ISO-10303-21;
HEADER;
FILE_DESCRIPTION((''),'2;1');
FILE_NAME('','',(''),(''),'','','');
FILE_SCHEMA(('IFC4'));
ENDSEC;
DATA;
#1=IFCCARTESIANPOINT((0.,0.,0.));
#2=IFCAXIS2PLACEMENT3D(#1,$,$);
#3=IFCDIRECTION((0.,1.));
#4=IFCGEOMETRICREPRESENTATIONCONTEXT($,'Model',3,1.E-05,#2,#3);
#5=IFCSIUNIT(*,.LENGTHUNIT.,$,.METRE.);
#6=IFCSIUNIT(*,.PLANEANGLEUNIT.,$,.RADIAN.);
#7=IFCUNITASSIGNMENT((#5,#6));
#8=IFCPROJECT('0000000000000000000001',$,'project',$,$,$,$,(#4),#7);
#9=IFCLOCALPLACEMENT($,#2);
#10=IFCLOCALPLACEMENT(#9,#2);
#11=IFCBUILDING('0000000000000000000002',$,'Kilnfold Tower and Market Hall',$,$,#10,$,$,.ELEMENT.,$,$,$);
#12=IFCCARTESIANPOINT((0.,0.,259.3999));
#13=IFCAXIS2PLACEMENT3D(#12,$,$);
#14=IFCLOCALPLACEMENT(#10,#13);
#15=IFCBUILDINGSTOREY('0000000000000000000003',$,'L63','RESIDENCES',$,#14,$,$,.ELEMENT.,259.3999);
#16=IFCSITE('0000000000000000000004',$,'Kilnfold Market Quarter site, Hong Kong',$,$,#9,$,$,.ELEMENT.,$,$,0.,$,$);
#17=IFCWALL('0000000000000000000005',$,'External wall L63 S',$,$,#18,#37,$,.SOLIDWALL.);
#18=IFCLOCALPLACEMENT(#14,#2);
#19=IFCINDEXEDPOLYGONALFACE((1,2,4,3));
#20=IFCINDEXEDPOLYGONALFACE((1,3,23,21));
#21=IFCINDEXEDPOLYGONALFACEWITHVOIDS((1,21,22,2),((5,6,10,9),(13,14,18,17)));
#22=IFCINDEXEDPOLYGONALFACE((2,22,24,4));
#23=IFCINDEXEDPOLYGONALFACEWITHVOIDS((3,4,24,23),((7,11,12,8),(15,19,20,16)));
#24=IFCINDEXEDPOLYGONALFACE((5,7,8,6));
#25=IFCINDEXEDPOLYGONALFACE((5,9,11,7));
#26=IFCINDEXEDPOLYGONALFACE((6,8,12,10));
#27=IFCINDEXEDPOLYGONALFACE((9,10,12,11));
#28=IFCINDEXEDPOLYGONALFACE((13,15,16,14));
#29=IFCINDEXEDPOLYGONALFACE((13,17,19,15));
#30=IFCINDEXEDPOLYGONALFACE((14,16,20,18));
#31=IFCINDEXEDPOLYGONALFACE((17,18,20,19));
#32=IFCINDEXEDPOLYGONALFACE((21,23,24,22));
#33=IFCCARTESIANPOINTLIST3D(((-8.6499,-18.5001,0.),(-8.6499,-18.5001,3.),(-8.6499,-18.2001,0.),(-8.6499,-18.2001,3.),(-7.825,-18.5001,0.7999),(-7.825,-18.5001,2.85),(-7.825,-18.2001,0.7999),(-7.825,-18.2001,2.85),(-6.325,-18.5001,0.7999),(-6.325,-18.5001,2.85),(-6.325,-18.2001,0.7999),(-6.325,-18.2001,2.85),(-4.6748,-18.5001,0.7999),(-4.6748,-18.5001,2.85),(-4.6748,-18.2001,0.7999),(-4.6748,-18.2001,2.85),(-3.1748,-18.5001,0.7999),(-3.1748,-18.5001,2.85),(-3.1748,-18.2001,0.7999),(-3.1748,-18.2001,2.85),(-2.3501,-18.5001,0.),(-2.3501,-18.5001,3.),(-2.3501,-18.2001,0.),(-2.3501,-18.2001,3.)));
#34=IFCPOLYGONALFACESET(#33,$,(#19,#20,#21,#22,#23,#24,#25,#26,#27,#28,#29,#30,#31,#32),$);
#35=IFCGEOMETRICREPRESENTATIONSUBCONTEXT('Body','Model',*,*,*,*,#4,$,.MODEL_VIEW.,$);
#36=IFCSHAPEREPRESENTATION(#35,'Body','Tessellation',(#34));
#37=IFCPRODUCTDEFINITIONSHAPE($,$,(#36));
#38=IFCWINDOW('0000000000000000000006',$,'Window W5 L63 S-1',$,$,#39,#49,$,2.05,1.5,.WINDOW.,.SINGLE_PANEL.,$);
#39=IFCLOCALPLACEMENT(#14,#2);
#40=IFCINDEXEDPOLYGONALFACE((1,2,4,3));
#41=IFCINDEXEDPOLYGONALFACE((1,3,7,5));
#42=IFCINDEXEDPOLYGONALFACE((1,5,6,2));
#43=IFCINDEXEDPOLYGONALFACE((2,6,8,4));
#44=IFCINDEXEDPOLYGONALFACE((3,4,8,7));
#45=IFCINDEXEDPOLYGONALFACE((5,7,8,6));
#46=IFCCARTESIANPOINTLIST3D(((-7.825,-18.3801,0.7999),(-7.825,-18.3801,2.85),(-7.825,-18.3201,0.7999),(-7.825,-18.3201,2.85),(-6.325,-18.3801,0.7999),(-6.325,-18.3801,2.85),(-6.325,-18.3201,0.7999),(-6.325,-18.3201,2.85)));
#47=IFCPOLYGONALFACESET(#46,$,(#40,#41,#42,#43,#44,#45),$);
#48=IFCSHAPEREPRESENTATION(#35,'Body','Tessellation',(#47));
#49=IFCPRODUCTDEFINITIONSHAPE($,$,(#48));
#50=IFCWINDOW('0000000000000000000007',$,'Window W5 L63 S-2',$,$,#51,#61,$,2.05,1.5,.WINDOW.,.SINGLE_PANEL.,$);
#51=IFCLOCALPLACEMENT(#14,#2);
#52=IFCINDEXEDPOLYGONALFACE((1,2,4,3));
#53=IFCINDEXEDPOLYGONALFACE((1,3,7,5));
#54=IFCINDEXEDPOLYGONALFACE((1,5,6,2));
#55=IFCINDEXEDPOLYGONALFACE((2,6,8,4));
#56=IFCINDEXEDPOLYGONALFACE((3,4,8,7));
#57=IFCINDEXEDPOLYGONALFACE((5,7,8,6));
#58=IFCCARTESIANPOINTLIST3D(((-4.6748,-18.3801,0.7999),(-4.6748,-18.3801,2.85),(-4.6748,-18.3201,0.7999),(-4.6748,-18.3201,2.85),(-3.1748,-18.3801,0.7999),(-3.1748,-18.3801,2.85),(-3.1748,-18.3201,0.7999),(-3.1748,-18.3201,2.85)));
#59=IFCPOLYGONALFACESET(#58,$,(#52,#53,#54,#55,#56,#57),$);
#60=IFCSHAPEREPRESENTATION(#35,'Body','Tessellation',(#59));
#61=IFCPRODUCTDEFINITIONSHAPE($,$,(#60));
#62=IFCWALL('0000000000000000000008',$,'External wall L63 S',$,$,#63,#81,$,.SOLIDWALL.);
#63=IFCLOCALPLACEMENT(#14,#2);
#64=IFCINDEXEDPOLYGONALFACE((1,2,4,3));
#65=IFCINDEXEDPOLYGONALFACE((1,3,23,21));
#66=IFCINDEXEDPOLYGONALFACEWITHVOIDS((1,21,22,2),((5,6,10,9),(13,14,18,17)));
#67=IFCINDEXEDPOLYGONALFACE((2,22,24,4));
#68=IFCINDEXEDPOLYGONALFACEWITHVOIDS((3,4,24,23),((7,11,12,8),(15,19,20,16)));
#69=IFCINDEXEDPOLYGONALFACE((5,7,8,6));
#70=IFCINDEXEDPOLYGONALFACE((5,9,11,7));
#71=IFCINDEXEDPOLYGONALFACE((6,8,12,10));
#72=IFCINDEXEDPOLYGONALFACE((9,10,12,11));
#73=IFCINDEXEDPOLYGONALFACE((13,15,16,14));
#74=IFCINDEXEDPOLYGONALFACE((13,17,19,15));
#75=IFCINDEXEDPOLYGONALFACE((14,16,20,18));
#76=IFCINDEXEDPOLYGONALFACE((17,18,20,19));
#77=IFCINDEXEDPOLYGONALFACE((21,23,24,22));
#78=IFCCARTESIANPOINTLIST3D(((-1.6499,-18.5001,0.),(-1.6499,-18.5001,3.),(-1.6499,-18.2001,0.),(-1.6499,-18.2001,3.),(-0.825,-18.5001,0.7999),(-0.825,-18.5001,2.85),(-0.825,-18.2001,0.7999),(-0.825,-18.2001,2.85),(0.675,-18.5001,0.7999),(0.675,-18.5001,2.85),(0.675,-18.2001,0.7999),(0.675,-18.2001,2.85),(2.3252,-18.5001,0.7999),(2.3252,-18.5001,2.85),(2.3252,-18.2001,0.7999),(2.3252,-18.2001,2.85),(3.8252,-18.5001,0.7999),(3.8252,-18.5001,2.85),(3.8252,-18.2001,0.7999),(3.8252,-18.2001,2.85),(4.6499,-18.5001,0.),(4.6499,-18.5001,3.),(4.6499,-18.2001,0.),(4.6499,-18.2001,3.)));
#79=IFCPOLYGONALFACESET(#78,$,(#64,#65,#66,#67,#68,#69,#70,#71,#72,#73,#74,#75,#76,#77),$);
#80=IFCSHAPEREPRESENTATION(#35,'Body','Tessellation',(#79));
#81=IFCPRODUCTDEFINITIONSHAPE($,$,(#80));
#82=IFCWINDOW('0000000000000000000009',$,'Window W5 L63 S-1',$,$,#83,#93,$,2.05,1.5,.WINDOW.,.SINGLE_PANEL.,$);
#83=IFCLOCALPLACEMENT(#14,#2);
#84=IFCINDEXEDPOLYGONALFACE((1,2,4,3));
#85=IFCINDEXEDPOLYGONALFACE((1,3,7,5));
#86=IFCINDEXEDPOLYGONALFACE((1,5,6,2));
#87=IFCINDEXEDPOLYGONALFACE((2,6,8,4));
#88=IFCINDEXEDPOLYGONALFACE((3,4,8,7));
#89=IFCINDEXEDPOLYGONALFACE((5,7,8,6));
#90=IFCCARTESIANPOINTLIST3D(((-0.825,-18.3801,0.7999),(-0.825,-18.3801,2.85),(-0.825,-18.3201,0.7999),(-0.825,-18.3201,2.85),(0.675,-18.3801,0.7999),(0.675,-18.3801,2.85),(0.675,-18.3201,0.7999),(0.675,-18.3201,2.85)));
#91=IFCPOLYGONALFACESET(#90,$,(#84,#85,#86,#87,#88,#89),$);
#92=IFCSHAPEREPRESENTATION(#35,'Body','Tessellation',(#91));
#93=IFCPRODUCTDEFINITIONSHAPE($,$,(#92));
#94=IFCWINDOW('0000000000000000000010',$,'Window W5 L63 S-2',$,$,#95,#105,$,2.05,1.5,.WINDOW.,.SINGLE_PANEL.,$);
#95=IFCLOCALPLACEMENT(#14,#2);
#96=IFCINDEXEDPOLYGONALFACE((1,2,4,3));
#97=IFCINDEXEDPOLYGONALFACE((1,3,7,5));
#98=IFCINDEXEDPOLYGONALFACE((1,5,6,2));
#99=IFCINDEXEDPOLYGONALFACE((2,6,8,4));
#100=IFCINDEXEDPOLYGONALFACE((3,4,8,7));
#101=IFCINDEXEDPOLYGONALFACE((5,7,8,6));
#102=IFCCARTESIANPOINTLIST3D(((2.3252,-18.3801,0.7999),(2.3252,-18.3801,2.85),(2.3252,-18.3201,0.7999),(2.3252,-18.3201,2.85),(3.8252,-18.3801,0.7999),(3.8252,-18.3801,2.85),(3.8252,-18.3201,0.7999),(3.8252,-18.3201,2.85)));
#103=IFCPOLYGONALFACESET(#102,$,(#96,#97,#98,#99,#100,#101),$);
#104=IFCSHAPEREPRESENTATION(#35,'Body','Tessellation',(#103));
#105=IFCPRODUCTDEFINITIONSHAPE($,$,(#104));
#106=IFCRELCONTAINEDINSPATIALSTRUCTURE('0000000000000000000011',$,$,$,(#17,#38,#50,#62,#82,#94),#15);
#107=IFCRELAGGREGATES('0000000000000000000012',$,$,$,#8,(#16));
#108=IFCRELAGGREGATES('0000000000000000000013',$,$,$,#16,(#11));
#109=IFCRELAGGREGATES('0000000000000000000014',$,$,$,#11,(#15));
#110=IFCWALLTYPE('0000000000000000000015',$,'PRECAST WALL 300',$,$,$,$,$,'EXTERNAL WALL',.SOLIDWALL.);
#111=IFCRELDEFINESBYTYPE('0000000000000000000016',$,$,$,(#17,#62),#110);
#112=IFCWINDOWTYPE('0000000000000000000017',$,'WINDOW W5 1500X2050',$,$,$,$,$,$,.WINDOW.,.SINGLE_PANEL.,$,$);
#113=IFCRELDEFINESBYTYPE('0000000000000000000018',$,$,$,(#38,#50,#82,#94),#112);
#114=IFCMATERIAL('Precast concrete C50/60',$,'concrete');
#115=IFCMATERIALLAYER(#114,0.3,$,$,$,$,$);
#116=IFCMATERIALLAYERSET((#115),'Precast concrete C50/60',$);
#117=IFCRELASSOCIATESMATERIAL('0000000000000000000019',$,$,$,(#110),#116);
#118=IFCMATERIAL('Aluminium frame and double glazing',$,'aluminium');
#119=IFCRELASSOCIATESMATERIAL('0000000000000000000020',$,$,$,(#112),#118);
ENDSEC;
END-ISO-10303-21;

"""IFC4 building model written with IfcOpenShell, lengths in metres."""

from ifc_helpers import new_model, si_unit, direction, frame, frame_2d, origin, place, context, subcontext, project, spatial, rectangle, extrude, source, transform, mapped, material, layer, layer_set, type_object, element, fill, save


model = new_model("IFC4")

# Units and contexts
model_context = context("Model", 3, precision=1e-05, world=origin(), true_north=direction((0.0, 1.0)))
body_context = subcontext(model_context, "Body", "Model", "MODEL_VIEW")
ifc_project = project(units=[si_unit("LENGTHUNIT", "METRE"), si_unit("PLANEANGLEUNIT", "RADIAN")], contexts=[model_context])

# Site, building, storey
site_placement = place(None, origin())
site = spatial("IfcSite", under=ifc_project, at=site_placement, Name="Kilnfold Market Quarter site, Hong Kong", CompositionType="ELEMENT", RefElevation=0.0)
building_placement = place(site_placement, origin())
building = spatial("IfcBuilding", under=site, at=building_placement, Name="Kilnfold Tower and Market Hall", CompositionType="ELEMENT")
storey_placement = place(building_placement, frame((0.0, 0.0, 259.3999)))
storey = spatial("IfcBuildingStorey", under=building, at=storey_placement, Name="L63", Description="RESIDENCES", CompositionType="ELEMENT", Elevation=259.3999)

# Walls, openings, windows
ifc_material_1 = material(Name="Precast concrete C50/60", Category="concrete")
ifc_layer_1 = layer(ifc_material_1, 0.3)
ifc_layer_set_1 = layer_set([ifc_layer_1], Name="Precast concrete C50/60")
wall_type_1 = type_object("IfcWallType", Name="PRECAST WALL 300", ElementType="EXTERNAL WALL", PredefinedType="SOLIDWALL", material=ifc_layer_set_1)
shared_shape_1 = source(origin(), body_context, "Body", "SweptSolid", [
    extrude(rectangle(XDim=6.2998, YDim=0.3, at=frame_2d((3.1499, 0.0))), origin(), (0.0, 0.0, 1.0), 3.0),
])
wall_1_placement = place(storey_placement, frame((-8.6499, -18.3501, 0.0), z_axis=(0.0, 0.0, 1.0), x_axis=(1.0, 0.0, 0.0)))
wall_1 = element("IfcWall", 1, at=wall_1_placement, inside=storey, type_object=wall_type_1, Name="External wall L63 S", PredefinedType="SOLIDWALL", context=body_context, shape_type="MappedRepresentation", body=[
    mapped(shared_shape_1, transform((0.0, 0.0, 0.0))),
])
opening_1_placement = place(wall_1_placement, frame((0.825, 0.0, 0.8)))
opening_1 = element("IfcOpeningElement", 2, at=opening_1_placement, cuts=wall_1, PredefinedType="OPENING", context=body_context, shape_type="SweptSolid", body=[
    extrude(rectangle(XDim=1.5, YDim=2.05, at=frame_2d((0.75, 1.0249))), frame((0.0, 0.1602, 0.0), z_axis=(0.0, -1.0, 0.0), x_axis=(1.0, 0.0, 0.0)), (0.0, 0.0, 1.0), 0.3201),
])
opening_2_placement = place(wall_1_placement, frame((3.9751, 0.0, 0.8)))
opening_2 = element("IfcOpeningElement", 3, at=opening_2_placement, cuts=wall_1, PredefinedType="OPENING", context=body_context, shape_type="SweptSolid", body=[
    extrude(rectangle(XDim=1.5, YDim=2.05, at=frame_2d((0.75, 1.0249))), frame((0.0, 0.1602, 0.0), z_axis=(0.0, -1.0, 0.0), x_axis=(1.0, 0.0, 0.0)), (0.0, 0.0, 1.0), 0.3201),
])
ifc_material_2 = material(Name="Aluminium frame and double glazing", Category="aluminium")
window_type = type_object("IfcWindowType", Name="WINDOW W5 1500X2050", PartitioningType="SINGLE_PANEL", PredefinedType="WINDOW", material=ifc_material_2)
window_1_placement = place(opening_1_placement, origin())
window_1 = element("IfcWindow", 4, at=window_1_placement, inside=storey, type_object=window_type, Name="Window W5 L63 S-1", OverallHeight=2.05, OverallWidth=1.5, PartitioningType="SINGLE_PANEL", PredefinedType="WINDOW", context=body_context, shape_type="SweptSolid", body=[
    extrude(rectangle(XDim=1.5, YDim=2.05, at=frame_2d((0.75, 1.0249))), frame((0.0, 0.03, 0.0), z_axis=(0.0, -1.0, 0.0), x_axis=(1.0, 0.0, 0.0)), (0.0, 0.0, 1.0), 0.0601),
])
fill(opening_1, window_1)
window_2_placement = place(opening_2_placement, origin())
window_2 = element("IfcWindow", 5, at=window_2_placement, inside=storey, type_object=window_type, Name="Window W5 L63 S-2", OverallHeight=2.05, OverallWidth=1.5, PartitioningType="SINGLE_PANEL", PredefinedType="WINDOW", context=body_context, shape_type="SweptSolid", body=[
    extrude(rectangle(XDim=1.5, YDim=2.05, at=frame_2d((0.75, 1.0249))), frame((0.0, 0.03, 0.0), z_axis=(0.0, -1.0, 0.0), x_axis=(1.0, 0.0, 0.0)), (0.0, 0.0, 1.0), 0.0601),
])
fill(opening_2, window_2)
wall_2_placement = place(storey_placement, frame((-1.6499, -18.3501, 0.0), z_axis=(0.0, 0.0, 1.0), x_axis=(1.0, 0.0, 0.0)))
wall_2 = element("IfcWall", 6, at=wall_2_placement, inside=storey, type_object=wall_type_1, Name="External wall L63 S", PredefinedType="SOLIDWALL", context=body_context, shape_type="MappedRepresentation", body=[
    mapped(shared_shape_1, transform((0.0, 0.0, 0.0))),
])
opening_3_placement = place(wall_2_placement, frame((0.825, 0.0, 0.8)))
opening_3 = element("IfcOpeningElement", 7, at=opening_3_placement, cuts=wall_2, PredefinedType="OPENING", context=body_context, shape_type="SweptSolid", body=[
    extrude(rectangle(XDim=1.5, YDim=2.05, at=frame_2d((0.75, 1.0249))), frame((0.0, 0.1602, 0.0), z_axis=(0.0, -1.0, 0.0), x_axis=(1.0, 0.0, 0.0)), (0.0, 0.0, 1.0), 0.3201),
])
opening_4_placement = place(wall_2_placement, frame((3.9751, 0.0, 0.8)))
opening_4 = element("IfcOpeningElement", 8, at=opening_4_placement, cuts=wall_2, PredefinedType="OPENING", context=body_context, shape_type="SweptSolid", body=[
    extrude(rectangle(XDim=1.5, YDim=2.05, at=frame_2d((0.75, 1.0249))), frame((0.0, 0.1602, 0.0), z_axis=(0.0, -1.0, 0.0), x_axis=(1.0, 0.0, 0.0)), (0.0, 0.0, 1.0), 0.3201),
])
window_3_placement = place(opening_3_placement, origin())
window_3 = element("IfcWindow", 9, at=window_3_placement, inside=storey, type_object=window_type, Name="Window W5 L63 S-1", OverallHeight=2.05, OverallWidth=1.5, PartitioningType="SINGLE_PANEL", PredefinedType="WINDOW", context=body_context, shape_type="SweptSolid", body=[
    extrude(rectangle(XDim=1.5, YDim=2.05, at=frame_2d((0.75, 1.0249))), frame((0.0, 0.03, 0.0), z_axis=(0.0, -1.0, 0.0), x_axis=(1.0, 0.0, 0.0)), (0.0, 0.0, 1.0), 0.0601),
])
fill(opening_3, window_3)
window_4_placement = place(opening_4_placement, origin())
window_4 = element("IfcWindow", 10, at=window_4_placement, inside=storey, type_object=window_type, Name="Window W5 L63 S-2", OverallHeight=2.05, OverallWidth=1.5, PartitioningType="SINGLE_PANEL", PredefinedType="WINDOW", context=body_context, shape_type="SweptSolid", body=[
    extrude(rectangle(XDim=1.5, YDim=2.05, at=frame_2d((0.75, 1.0249))), frame((0.0, 0.03, 0.0), z_axis=(0.0, -1.0, 0.0), x_axis=(1.0, 0.0, 0.0)), (0.0, 0.0, 1.0), 0.0601),
])
fill(opening_4, window_4)

save(model, "model.ifc")
